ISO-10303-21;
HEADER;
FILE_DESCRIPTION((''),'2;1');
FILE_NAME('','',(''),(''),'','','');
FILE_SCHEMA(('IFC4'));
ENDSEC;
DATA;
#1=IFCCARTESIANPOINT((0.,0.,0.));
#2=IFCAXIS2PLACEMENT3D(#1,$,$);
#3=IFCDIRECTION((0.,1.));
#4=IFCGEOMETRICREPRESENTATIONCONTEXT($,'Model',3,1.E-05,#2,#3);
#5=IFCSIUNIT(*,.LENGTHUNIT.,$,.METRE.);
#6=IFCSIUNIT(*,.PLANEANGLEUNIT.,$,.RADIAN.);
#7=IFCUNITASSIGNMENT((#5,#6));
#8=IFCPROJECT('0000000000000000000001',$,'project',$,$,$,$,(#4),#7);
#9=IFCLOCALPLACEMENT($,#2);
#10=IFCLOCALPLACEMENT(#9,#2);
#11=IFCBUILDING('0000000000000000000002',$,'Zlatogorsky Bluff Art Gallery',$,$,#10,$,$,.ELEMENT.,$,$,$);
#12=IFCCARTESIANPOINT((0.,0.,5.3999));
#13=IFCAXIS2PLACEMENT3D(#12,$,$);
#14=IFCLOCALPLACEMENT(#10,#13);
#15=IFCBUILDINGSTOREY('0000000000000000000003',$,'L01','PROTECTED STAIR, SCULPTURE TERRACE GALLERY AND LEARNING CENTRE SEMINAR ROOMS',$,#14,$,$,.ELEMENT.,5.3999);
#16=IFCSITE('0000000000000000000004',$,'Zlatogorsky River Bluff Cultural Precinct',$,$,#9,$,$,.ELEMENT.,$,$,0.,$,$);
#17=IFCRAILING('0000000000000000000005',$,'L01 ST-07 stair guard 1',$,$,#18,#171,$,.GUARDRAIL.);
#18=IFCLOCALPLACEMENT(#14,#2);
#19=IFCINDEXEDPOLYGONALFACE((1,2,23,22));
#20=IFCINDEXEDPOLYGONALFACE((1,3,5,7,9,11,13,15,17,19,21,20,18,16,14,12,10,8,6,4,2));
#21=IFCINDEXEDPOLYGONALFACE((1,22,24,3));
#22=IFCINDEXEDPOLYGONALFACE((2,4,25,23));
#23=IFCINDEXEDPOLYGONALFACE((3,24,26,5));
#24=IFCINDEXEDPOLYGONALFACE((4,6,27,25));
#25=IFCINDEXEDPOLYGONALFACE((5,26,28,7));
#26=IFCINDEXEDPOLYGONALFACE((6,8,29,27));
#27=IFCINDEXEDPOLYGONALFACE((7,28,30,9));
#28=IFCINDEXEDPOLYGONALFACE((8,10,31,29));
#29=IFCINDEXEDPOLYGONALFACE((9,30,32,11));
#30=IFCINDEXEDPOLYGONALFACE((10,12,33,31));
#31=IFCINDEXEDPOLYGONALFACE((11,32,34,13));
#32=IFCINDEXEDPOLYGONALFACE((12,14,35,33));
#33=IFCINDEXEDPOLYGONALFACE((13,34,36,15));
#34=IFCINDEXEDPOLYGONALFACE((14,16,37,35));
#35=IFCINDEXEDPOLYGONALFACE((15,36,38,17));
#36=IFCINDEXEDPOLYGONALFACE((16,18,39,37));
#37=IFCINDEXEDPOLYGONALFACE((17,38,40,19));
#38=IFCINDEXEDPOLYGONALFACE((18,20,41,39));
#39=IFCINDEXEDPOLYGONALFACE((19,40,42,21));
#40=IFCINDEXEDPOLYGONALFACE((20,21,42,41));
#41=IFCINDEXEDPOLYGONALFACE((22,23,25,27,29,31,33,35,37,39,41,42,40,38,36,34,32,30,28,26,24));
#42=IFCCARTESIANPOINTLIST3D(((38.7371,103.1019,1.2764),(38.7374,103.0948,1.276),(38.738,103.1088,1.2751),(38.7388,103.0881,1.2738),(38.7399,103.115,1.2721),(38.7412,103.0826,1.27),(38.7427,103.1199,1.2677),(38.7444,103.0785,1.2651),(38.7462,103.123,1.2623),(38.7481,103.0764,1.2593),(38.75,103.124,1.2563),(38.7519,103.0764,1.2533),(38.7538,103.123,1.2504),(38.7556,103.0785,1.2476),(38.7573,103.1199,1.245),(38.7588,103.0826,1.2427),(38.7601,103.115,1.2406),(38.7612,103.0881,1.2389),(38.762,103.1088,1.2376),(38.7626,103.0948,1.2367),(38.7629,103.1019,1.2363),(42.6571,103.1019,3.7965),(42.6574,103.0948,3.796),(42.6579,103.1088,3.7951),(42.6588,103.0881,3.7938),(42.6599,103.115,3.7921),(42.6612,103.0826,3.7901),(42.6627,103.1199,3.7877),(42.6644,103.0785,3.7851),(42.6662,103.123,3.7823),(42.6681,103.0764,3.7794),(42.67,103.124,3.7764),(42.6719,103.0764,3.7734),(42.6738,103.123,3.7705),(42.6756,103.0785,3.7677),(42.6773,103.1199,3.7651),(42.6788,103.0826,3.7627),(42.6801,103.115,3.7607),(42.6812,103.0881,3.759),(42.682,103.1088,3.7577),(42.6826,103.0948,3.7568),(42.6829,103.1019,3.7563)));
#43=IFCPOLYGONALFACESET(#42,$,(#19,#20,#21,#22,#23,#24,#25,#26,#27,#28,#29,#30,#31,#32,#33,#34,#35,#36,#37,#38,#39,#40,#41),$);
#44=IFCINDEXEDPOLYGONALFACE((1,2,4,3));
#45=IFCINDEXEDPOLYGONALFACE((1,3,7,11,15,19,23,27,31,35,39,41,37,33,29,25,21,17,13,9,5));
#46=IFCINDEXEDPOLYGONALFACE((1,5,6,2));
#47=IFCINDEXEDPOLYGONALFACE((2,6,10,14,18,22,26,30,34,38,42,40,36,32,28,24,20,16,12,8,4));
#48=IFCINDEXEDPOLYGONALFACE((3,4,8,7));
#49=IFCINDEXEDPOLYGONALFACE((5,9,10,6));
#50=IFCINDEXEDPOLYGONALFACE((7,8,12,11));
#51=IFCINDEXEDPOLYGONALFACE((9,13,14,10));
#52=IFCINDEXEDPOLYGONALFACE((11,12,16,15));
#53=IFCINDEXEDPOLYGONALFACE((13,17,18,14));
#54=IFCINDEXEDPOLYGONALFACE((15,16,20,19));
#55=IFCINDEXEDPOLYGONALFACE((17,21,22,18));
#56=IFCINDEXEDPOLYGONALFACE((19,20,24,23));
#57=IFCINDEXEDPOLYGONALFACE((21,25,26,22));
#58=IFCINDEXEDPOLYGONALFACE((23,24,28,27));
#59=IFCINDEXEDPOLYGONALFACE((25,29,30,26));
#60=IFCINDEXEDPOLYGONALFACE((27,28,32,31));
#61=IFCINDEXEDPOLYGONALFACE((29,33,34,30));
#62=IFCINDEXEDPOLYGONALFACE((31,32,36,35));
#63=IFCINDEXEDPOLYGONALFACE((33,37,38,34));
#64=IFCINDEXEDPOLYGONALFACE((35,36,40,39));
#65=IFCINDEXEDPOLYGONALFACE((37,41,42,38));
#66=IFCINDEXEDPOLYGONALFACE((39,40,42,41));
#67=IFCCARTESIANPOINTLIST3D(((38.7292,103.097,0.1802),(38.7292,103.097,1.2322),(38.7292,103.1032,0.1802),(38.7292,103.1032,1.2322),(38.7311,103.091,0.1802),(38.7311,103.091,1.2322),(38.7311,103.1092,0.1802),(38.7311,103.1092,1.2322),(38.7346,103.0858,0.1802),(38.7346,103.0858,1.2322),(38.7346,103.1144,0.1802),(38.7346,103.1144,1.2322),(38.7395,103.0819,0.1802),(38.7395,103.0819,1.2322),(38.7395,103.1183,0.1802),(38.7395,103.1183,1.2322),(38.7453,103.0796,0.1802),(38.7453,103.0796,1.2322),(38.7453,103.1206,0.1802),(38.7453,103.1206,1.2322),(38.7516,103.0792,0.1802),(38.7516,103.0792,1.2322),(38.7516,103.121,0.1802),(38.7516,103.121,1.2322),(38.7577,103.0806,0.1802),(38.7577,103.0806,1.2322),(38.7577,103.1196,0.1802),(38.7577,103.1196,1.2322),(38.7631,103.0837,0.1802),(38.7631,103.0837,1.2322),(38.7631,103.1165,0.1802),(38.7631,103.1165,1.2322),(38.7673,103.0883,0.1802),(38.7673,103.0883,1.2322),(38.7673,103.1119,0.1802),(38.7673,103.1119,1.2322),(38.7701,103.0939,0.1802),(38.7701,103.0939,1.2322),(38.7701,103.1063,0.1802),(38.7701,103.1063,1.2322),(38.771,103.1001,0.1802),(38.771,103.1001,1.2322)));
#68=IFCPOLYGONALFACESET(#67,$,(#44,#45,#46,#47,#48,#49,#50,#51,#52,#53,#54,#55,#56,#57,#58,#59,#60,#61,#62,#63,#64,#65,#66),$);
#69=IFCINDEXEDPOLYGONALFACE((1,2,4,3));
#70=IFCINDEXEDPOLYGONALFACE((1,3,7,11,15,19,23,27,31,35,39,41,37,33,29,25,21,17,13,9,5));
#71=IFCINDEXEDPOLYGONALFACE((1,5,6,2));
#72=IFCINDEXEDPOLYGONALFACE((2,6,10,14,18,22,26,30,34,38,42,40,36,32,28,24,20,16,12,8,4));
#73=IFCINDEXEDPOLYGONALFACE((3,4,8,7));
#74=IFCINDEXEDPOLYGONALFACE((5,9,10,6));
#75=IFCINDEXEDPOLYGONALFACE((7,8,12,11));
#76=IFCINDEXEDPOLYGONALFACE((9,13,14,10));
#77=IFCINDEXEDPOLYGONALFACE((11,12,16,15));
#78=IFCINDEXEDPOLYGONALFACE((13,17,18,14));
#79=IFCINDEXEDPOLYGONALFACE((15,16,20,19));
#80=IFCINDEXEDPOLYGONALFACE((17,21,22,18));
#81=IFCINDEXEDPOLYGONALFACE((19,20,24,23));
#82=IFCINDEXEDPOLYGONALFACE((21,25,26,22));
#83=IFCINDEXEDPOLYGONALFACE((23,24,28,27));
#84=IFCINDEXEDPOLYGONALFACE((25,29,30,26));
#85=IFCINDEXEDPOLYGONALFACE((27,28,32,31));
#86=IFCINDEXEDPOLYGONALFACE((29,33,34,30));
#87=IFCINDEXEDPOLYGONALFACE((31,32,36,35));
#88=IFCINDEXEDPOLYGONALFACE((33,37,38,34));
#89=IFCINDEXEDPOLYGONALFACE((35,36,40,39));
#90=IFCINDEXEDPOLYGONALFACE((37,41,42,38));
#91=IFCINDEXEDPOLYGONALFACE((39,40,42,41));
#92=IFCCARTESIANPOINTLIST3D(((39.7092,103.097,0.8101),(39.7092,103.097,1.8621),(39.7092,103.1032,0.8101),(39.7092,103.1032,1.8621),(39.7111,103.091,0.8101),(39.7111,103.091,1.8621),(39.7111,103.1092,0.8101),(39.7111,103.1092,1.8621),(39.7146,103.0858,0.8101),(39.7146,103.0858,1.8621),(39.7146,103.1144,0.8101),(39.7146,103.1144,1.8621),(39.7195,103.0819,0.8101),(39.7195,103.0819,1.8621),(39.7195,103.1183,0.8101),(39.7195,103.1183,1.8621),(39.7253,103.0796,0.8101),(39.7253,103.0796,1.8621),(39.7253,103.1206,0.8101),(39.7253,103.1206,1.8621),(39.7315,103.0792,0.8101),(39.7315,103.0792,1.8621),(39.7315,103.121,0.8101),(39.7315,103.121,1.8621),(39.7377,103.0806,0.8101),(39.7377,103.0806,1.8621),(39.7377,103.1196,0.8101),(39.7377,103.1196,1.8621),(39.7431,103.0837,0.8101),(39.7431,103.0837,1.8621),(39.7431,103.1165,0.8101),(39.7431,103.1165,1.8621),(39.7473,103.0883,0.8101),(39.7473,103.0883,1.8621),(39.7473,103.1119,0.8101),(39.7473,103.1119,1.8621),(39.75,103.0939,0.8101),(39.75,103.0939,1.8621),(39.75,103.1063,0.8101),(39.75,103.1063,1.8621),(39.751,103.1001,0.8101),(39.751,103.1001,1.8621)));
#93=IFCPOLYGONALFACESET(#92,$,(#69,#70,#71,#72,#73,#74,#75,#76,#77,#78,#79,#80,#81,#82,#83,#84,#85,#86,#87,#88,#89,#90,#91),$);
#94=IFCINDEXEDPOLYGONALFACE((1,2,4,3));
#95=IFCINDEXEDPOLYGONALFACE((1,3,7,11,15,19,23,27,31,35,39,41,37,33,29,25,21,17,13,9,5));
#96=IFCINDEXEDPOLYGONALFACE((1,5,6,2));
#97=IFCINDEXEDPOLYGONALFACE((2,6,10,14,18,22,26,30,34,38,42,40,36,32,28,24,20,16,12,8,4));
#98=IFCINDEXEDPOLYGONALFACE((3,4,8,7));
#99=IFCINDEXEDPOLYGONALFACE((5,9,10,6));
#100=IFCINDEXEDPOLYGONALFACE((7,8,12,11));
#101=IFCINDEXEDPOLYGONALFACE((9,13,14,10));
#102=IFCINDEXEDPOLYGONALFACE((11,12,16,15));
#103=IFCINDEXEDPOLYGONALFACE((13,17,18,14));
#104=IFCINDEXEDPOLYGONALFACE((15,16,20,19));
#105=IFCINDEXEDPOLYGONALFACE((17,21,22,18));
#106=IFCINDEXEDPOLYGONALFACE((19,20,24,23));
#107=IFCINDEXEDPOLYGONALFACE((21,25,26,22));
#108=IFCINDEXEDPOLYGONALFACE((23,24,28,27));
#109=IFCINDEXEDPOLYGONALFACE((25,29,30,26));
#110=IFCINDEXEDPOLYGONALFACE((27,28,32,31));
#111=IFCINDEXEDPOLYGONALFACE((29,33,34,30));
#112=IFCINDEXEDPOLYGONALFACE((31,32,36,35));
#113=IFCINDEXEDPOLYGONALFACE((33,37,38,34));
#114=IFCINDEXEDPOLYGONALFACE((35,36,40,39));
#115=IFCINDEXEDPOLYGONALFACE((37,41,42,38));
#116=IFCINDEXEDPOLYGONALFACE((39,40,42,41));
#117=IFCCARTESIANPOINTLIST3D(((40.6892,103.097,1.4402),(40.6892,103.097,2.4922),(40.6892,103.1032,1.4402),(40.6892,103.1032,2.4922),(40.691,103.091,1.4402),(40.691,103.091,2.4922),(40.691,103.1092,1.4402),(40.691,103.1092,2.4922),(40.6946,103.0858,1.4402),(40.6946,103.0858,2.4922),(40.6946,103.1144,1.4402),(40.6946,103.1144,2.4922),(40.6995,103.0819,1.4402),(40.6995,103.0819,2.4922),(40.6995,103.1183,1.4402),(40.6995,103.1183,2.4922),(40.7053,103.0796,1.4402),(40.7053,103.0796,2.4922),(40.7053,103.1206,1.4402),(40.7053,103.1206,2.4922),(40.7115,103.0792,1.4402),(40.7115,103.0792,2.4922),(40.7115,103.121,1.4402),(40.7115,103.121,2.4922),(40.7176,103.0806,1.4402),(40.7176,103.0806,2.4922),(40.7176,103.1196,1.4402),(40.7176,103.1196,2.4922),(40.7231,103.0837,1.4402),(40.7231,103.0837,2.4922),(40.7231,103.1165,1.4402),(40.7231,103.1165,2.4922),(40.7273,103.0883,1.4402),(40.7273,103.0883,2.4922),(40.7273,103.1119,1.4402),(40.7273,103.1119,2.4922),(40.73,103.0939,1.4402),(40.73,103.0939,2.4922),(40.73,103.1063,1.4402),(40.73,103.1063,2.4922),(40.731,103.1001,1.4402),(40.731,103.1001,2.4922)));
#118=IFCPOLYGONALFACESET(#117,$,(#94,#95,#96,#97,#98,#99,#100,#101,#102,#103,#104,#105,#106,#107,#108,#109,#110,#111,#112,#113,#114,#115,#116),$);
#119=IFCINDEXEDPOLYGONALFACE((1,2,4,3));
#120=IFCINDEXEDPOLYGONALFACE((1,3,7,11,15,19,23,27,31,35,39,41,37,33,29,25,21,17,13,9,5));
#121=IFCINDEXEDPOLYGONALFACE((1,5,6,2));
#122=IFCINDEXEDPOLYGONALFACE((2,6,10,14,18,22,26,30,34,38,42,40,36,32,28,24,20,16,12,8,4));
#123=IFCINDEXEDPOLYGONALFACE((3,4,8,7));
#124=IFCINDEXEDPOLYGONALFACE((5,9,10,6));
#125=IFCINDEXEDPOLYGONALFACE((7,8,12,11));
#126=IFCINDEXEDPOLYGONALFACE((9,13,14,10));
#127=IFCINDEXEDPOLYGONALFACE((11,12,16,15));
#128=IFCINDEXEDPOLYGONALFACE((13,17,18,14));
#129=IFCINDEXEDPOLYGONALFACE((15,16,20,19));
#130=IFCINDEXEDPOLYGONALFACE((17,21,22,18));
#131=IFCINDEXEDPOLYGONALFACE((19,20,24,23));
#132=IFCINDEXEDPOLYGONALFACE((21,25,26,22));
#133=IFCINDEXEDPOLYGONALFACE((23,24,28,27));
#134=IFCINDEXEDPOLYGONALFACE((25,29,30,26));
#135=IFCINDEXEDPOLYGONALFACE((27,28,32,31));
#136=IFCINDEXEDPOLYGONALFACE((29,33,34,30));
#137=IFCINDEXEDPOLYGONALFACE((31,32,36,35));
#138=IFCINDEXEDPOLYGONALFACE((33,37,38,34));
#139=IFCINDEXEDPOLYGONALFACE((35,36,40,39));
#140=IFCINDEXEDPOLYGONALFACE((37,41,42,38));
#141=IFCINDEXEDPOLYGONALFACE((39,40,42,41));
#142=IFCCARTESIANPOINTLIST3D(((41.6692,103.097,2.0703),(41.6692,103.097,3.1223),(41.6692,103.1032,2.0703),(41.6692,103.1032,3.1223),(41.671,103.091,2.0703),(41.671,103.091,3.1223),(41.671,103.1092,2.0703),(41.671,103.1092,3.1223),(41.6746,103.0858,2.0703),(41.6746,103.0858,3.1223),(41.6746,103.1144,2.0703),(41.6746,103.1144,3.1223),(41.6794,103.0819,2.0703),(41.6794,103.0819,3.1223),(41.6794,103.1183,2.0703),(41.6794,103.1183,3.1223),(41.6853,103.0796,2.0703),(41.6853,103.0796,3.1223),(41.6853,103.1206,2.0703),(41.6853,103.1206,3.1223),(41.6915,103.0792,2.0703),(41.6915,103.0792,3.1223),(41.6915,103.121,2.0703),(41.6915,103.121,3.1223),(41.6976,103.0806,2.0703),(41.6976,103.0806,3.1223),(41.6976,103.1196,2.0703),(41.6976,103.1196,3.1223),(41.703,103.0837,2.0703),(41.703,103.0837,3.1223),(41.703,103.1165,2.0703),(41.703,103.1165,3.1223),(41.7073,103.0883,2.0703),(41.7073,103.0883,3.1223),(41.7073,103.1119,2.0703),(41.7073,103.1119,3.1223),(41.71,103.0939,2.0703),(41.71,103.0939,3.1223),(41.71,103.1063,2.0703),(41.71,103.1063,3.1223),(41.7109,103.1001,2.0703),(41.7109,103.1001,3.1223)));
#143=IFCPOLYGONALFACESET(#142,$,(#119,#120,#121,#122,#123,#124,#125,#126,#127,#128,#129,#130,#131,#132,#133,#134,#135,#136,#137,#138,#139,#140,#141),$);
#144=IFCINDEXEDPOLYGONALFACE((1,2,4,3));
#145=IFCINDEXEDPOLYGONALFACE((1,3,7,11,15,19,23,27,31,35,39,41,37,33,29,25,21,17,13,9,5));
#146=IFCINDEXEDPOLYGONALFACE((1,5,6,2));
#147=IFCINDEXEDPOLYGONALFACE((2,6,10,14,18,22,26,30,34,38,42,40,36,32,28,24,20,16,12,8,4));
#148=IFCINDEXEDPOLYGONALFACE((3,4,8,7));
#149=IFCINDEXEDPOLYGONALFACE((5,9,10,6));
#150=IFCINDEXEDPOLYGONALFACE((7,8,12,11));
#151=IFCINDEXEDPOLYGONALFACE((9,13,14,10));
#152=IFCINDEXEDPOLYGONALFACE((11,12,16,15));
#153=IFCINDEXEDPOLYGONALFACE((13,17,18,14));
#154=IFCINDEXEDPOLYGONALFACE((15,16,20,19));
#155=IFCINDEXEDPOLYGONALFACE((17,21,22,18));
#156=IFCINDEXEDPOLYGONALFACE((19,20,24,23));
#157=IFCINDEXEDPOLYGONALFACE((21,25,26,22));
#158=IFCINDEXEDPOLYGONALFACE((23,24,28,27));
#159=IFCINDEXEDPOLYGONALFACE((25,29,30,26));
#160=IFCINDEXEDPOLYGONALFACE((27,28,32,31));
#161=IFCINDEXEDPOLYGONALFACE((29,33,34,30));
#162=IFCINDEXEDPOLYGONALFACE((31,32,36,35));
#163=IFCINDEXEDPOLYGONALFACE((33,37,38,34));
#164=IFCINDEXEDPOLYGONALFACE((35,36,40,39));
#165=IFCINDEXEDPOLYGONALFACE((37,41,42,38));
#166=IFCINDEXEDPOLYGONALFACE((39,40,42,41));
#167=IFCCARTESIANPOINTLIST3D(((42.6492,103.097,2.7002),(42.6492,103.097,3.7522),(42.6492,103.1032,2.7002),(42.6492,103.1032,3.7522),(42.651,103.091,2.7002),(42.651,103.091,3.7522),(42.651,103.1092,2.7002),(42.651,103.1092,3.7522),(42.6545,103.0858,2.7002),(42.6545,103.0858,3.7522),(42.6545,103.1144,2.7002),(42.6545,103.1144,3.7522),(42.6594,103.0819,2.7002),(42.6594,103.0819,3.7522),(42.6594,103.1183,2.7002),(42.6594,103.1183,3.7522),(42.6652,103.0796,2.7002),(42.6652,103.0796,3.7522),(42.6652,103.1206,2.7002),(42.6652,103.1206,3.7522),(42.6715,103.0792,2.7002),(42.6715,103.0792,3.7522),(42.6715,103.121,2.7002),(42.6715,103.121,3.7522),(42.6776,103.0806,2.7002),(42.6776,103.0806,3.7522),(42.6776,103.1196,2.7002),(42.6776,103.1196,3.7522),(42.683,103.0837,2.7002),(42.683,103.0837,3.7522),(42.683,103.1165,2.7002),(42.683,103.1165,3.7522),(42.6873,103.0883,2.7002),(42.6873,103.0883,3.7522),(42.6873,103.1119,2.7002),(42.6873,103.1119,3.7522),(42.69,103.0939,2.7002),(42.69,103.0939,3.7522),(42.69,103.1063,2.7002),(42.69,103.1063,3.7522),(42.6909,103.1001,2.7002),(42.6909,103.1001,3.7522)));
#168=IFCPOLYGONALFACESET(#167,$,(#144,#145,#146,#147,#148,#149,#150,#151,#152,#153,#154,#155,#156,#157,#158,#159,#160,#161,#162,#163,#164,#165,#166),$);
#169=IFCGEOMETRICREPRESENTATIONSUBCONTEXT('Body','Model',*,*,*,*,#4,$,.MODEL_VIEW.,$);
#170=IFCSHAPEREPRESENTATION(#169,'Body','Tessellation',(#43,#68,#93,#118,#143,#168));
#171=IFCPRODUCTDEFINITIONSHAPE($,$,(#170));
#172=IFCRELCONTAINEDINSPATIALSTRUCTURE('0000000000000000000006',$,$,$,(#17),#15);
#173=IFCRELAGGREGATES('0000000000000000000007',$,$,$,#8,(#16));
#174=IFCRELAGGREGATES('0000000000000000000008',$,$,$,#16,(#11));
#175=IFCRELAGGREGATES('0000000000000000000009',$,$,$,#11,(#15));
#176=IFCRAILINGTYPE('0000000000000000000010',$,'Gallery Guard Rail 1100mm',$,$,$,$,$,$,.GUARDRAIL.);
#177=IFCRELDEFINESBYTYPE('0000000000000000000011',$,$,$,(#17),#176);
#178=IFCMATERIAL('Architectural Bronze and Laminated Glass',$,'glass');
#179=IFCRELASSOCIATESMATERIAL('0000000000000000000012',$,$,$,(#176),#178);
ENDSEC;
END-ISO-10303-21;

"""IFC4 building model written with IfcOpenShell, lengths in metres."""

from ifc_helpers import new_model, si_unit, direction, frame, origin, origin_2d, place, context, subcontext, project, spatial, circle, extrude, material, type_object, element, save


model = new_model("IFC4")

# Units and contexts
model_context = context("Model", 3, precision=1e-05, world=origin(), true_north=direction((0.0, 1.0)))
body_context = subcontext(model_context, "Body", "Model", "MODEL_VIEW")
ifc_project = project(units=[si_unit("LENGTHUNIT", "METRE"), si_unit("PLANEANGLEUNIT", "RADIAN")], contexts=[model_context])

# Site, building, storey
site_placement = place(None, origin())
site = spatial("IfcSite", under=ifc_project, at=site_placement, Name="Zlatogorsky River Bluff Cultural Precinct", CompositionType="ELEMENT", RefElevation=0.0)
building_placement = place(site_placement, origin())
building = spatial("IfcBuilding", under=site, at=building_placement, Name="Zlatogorsky Bluff Art Gallery", CompositionType="ELEMENT")
storey_placement = place(building_placement, frame((0.0, 0.0, 5.3999)))
storey = spatial("IfcBuildingStorey", under=building, at=storey_placement, Name="L01", Description="PROTECTED STAIR, SCULPTURE TERRACE GALLERY AND LEARNING CENTRE SEMINAR ROOMS", CompositionType="ELEMENT", Elevation=5.3999)

# Railing
ifc_material_1 = material(Name="Architectural Bronze and Laminated Glass", Category="glass")
railing_type_1 = type_object("IfcRailingType", Name="Gallery Guard Rail 1100mm", PredefinedType="GUARDRAIL", material=ifc_material_1)
railing_1_placement = place(storey_placement, frame((38.75, 103.1001, 0.1802)))
element("IfcRailing", 1, at=railing_1_placement, inside=storey, type_object=railing_type_1, Name="L01 ST-07 stair guard 1", PredefinedType="GUARDRAIL", context=body_context, shape_type="SweptSolid", body=[
    extrude(circle(Radius=0.0239, at=origin_2d()), frame((0.0, 0.0, 1.0762), z_axis=(0.841172, 0.0, 0.540768), x_axis=(0.0, 1.0, 0.0)), (0.0, 0.0, 1.0), 4.6602),
    extrude(circle(Radius=0.021, at=origin_2d()), origin(), (0.0, 0.0, 1.0), 1.052),
    extrude(circle(Radius=0.021, at=origin_2d()), frame((0.98, 0.0, 0.6299)), (0.0, 0.0, 1.0), 1.052),
    extrude(circle(Radius=0.021, at=origin_2d()), frame((1.96, 0.0, 1.26)), (0.0, 0.0, 1.0), 1.052),
    extrude(circle(Radius=0.021, at=origin_2d()), frame((2.9399, 0.0, 1.8901)), (0.0, 0.0, 1.0), 1.052),
    extrude(circle(Radius=0.021, at=origin_2d()), frame((3.9199, 0.0, 2.52)), (0.0, 0.0, 1.0), 1.052),
])

save(model, "model.ifc")
